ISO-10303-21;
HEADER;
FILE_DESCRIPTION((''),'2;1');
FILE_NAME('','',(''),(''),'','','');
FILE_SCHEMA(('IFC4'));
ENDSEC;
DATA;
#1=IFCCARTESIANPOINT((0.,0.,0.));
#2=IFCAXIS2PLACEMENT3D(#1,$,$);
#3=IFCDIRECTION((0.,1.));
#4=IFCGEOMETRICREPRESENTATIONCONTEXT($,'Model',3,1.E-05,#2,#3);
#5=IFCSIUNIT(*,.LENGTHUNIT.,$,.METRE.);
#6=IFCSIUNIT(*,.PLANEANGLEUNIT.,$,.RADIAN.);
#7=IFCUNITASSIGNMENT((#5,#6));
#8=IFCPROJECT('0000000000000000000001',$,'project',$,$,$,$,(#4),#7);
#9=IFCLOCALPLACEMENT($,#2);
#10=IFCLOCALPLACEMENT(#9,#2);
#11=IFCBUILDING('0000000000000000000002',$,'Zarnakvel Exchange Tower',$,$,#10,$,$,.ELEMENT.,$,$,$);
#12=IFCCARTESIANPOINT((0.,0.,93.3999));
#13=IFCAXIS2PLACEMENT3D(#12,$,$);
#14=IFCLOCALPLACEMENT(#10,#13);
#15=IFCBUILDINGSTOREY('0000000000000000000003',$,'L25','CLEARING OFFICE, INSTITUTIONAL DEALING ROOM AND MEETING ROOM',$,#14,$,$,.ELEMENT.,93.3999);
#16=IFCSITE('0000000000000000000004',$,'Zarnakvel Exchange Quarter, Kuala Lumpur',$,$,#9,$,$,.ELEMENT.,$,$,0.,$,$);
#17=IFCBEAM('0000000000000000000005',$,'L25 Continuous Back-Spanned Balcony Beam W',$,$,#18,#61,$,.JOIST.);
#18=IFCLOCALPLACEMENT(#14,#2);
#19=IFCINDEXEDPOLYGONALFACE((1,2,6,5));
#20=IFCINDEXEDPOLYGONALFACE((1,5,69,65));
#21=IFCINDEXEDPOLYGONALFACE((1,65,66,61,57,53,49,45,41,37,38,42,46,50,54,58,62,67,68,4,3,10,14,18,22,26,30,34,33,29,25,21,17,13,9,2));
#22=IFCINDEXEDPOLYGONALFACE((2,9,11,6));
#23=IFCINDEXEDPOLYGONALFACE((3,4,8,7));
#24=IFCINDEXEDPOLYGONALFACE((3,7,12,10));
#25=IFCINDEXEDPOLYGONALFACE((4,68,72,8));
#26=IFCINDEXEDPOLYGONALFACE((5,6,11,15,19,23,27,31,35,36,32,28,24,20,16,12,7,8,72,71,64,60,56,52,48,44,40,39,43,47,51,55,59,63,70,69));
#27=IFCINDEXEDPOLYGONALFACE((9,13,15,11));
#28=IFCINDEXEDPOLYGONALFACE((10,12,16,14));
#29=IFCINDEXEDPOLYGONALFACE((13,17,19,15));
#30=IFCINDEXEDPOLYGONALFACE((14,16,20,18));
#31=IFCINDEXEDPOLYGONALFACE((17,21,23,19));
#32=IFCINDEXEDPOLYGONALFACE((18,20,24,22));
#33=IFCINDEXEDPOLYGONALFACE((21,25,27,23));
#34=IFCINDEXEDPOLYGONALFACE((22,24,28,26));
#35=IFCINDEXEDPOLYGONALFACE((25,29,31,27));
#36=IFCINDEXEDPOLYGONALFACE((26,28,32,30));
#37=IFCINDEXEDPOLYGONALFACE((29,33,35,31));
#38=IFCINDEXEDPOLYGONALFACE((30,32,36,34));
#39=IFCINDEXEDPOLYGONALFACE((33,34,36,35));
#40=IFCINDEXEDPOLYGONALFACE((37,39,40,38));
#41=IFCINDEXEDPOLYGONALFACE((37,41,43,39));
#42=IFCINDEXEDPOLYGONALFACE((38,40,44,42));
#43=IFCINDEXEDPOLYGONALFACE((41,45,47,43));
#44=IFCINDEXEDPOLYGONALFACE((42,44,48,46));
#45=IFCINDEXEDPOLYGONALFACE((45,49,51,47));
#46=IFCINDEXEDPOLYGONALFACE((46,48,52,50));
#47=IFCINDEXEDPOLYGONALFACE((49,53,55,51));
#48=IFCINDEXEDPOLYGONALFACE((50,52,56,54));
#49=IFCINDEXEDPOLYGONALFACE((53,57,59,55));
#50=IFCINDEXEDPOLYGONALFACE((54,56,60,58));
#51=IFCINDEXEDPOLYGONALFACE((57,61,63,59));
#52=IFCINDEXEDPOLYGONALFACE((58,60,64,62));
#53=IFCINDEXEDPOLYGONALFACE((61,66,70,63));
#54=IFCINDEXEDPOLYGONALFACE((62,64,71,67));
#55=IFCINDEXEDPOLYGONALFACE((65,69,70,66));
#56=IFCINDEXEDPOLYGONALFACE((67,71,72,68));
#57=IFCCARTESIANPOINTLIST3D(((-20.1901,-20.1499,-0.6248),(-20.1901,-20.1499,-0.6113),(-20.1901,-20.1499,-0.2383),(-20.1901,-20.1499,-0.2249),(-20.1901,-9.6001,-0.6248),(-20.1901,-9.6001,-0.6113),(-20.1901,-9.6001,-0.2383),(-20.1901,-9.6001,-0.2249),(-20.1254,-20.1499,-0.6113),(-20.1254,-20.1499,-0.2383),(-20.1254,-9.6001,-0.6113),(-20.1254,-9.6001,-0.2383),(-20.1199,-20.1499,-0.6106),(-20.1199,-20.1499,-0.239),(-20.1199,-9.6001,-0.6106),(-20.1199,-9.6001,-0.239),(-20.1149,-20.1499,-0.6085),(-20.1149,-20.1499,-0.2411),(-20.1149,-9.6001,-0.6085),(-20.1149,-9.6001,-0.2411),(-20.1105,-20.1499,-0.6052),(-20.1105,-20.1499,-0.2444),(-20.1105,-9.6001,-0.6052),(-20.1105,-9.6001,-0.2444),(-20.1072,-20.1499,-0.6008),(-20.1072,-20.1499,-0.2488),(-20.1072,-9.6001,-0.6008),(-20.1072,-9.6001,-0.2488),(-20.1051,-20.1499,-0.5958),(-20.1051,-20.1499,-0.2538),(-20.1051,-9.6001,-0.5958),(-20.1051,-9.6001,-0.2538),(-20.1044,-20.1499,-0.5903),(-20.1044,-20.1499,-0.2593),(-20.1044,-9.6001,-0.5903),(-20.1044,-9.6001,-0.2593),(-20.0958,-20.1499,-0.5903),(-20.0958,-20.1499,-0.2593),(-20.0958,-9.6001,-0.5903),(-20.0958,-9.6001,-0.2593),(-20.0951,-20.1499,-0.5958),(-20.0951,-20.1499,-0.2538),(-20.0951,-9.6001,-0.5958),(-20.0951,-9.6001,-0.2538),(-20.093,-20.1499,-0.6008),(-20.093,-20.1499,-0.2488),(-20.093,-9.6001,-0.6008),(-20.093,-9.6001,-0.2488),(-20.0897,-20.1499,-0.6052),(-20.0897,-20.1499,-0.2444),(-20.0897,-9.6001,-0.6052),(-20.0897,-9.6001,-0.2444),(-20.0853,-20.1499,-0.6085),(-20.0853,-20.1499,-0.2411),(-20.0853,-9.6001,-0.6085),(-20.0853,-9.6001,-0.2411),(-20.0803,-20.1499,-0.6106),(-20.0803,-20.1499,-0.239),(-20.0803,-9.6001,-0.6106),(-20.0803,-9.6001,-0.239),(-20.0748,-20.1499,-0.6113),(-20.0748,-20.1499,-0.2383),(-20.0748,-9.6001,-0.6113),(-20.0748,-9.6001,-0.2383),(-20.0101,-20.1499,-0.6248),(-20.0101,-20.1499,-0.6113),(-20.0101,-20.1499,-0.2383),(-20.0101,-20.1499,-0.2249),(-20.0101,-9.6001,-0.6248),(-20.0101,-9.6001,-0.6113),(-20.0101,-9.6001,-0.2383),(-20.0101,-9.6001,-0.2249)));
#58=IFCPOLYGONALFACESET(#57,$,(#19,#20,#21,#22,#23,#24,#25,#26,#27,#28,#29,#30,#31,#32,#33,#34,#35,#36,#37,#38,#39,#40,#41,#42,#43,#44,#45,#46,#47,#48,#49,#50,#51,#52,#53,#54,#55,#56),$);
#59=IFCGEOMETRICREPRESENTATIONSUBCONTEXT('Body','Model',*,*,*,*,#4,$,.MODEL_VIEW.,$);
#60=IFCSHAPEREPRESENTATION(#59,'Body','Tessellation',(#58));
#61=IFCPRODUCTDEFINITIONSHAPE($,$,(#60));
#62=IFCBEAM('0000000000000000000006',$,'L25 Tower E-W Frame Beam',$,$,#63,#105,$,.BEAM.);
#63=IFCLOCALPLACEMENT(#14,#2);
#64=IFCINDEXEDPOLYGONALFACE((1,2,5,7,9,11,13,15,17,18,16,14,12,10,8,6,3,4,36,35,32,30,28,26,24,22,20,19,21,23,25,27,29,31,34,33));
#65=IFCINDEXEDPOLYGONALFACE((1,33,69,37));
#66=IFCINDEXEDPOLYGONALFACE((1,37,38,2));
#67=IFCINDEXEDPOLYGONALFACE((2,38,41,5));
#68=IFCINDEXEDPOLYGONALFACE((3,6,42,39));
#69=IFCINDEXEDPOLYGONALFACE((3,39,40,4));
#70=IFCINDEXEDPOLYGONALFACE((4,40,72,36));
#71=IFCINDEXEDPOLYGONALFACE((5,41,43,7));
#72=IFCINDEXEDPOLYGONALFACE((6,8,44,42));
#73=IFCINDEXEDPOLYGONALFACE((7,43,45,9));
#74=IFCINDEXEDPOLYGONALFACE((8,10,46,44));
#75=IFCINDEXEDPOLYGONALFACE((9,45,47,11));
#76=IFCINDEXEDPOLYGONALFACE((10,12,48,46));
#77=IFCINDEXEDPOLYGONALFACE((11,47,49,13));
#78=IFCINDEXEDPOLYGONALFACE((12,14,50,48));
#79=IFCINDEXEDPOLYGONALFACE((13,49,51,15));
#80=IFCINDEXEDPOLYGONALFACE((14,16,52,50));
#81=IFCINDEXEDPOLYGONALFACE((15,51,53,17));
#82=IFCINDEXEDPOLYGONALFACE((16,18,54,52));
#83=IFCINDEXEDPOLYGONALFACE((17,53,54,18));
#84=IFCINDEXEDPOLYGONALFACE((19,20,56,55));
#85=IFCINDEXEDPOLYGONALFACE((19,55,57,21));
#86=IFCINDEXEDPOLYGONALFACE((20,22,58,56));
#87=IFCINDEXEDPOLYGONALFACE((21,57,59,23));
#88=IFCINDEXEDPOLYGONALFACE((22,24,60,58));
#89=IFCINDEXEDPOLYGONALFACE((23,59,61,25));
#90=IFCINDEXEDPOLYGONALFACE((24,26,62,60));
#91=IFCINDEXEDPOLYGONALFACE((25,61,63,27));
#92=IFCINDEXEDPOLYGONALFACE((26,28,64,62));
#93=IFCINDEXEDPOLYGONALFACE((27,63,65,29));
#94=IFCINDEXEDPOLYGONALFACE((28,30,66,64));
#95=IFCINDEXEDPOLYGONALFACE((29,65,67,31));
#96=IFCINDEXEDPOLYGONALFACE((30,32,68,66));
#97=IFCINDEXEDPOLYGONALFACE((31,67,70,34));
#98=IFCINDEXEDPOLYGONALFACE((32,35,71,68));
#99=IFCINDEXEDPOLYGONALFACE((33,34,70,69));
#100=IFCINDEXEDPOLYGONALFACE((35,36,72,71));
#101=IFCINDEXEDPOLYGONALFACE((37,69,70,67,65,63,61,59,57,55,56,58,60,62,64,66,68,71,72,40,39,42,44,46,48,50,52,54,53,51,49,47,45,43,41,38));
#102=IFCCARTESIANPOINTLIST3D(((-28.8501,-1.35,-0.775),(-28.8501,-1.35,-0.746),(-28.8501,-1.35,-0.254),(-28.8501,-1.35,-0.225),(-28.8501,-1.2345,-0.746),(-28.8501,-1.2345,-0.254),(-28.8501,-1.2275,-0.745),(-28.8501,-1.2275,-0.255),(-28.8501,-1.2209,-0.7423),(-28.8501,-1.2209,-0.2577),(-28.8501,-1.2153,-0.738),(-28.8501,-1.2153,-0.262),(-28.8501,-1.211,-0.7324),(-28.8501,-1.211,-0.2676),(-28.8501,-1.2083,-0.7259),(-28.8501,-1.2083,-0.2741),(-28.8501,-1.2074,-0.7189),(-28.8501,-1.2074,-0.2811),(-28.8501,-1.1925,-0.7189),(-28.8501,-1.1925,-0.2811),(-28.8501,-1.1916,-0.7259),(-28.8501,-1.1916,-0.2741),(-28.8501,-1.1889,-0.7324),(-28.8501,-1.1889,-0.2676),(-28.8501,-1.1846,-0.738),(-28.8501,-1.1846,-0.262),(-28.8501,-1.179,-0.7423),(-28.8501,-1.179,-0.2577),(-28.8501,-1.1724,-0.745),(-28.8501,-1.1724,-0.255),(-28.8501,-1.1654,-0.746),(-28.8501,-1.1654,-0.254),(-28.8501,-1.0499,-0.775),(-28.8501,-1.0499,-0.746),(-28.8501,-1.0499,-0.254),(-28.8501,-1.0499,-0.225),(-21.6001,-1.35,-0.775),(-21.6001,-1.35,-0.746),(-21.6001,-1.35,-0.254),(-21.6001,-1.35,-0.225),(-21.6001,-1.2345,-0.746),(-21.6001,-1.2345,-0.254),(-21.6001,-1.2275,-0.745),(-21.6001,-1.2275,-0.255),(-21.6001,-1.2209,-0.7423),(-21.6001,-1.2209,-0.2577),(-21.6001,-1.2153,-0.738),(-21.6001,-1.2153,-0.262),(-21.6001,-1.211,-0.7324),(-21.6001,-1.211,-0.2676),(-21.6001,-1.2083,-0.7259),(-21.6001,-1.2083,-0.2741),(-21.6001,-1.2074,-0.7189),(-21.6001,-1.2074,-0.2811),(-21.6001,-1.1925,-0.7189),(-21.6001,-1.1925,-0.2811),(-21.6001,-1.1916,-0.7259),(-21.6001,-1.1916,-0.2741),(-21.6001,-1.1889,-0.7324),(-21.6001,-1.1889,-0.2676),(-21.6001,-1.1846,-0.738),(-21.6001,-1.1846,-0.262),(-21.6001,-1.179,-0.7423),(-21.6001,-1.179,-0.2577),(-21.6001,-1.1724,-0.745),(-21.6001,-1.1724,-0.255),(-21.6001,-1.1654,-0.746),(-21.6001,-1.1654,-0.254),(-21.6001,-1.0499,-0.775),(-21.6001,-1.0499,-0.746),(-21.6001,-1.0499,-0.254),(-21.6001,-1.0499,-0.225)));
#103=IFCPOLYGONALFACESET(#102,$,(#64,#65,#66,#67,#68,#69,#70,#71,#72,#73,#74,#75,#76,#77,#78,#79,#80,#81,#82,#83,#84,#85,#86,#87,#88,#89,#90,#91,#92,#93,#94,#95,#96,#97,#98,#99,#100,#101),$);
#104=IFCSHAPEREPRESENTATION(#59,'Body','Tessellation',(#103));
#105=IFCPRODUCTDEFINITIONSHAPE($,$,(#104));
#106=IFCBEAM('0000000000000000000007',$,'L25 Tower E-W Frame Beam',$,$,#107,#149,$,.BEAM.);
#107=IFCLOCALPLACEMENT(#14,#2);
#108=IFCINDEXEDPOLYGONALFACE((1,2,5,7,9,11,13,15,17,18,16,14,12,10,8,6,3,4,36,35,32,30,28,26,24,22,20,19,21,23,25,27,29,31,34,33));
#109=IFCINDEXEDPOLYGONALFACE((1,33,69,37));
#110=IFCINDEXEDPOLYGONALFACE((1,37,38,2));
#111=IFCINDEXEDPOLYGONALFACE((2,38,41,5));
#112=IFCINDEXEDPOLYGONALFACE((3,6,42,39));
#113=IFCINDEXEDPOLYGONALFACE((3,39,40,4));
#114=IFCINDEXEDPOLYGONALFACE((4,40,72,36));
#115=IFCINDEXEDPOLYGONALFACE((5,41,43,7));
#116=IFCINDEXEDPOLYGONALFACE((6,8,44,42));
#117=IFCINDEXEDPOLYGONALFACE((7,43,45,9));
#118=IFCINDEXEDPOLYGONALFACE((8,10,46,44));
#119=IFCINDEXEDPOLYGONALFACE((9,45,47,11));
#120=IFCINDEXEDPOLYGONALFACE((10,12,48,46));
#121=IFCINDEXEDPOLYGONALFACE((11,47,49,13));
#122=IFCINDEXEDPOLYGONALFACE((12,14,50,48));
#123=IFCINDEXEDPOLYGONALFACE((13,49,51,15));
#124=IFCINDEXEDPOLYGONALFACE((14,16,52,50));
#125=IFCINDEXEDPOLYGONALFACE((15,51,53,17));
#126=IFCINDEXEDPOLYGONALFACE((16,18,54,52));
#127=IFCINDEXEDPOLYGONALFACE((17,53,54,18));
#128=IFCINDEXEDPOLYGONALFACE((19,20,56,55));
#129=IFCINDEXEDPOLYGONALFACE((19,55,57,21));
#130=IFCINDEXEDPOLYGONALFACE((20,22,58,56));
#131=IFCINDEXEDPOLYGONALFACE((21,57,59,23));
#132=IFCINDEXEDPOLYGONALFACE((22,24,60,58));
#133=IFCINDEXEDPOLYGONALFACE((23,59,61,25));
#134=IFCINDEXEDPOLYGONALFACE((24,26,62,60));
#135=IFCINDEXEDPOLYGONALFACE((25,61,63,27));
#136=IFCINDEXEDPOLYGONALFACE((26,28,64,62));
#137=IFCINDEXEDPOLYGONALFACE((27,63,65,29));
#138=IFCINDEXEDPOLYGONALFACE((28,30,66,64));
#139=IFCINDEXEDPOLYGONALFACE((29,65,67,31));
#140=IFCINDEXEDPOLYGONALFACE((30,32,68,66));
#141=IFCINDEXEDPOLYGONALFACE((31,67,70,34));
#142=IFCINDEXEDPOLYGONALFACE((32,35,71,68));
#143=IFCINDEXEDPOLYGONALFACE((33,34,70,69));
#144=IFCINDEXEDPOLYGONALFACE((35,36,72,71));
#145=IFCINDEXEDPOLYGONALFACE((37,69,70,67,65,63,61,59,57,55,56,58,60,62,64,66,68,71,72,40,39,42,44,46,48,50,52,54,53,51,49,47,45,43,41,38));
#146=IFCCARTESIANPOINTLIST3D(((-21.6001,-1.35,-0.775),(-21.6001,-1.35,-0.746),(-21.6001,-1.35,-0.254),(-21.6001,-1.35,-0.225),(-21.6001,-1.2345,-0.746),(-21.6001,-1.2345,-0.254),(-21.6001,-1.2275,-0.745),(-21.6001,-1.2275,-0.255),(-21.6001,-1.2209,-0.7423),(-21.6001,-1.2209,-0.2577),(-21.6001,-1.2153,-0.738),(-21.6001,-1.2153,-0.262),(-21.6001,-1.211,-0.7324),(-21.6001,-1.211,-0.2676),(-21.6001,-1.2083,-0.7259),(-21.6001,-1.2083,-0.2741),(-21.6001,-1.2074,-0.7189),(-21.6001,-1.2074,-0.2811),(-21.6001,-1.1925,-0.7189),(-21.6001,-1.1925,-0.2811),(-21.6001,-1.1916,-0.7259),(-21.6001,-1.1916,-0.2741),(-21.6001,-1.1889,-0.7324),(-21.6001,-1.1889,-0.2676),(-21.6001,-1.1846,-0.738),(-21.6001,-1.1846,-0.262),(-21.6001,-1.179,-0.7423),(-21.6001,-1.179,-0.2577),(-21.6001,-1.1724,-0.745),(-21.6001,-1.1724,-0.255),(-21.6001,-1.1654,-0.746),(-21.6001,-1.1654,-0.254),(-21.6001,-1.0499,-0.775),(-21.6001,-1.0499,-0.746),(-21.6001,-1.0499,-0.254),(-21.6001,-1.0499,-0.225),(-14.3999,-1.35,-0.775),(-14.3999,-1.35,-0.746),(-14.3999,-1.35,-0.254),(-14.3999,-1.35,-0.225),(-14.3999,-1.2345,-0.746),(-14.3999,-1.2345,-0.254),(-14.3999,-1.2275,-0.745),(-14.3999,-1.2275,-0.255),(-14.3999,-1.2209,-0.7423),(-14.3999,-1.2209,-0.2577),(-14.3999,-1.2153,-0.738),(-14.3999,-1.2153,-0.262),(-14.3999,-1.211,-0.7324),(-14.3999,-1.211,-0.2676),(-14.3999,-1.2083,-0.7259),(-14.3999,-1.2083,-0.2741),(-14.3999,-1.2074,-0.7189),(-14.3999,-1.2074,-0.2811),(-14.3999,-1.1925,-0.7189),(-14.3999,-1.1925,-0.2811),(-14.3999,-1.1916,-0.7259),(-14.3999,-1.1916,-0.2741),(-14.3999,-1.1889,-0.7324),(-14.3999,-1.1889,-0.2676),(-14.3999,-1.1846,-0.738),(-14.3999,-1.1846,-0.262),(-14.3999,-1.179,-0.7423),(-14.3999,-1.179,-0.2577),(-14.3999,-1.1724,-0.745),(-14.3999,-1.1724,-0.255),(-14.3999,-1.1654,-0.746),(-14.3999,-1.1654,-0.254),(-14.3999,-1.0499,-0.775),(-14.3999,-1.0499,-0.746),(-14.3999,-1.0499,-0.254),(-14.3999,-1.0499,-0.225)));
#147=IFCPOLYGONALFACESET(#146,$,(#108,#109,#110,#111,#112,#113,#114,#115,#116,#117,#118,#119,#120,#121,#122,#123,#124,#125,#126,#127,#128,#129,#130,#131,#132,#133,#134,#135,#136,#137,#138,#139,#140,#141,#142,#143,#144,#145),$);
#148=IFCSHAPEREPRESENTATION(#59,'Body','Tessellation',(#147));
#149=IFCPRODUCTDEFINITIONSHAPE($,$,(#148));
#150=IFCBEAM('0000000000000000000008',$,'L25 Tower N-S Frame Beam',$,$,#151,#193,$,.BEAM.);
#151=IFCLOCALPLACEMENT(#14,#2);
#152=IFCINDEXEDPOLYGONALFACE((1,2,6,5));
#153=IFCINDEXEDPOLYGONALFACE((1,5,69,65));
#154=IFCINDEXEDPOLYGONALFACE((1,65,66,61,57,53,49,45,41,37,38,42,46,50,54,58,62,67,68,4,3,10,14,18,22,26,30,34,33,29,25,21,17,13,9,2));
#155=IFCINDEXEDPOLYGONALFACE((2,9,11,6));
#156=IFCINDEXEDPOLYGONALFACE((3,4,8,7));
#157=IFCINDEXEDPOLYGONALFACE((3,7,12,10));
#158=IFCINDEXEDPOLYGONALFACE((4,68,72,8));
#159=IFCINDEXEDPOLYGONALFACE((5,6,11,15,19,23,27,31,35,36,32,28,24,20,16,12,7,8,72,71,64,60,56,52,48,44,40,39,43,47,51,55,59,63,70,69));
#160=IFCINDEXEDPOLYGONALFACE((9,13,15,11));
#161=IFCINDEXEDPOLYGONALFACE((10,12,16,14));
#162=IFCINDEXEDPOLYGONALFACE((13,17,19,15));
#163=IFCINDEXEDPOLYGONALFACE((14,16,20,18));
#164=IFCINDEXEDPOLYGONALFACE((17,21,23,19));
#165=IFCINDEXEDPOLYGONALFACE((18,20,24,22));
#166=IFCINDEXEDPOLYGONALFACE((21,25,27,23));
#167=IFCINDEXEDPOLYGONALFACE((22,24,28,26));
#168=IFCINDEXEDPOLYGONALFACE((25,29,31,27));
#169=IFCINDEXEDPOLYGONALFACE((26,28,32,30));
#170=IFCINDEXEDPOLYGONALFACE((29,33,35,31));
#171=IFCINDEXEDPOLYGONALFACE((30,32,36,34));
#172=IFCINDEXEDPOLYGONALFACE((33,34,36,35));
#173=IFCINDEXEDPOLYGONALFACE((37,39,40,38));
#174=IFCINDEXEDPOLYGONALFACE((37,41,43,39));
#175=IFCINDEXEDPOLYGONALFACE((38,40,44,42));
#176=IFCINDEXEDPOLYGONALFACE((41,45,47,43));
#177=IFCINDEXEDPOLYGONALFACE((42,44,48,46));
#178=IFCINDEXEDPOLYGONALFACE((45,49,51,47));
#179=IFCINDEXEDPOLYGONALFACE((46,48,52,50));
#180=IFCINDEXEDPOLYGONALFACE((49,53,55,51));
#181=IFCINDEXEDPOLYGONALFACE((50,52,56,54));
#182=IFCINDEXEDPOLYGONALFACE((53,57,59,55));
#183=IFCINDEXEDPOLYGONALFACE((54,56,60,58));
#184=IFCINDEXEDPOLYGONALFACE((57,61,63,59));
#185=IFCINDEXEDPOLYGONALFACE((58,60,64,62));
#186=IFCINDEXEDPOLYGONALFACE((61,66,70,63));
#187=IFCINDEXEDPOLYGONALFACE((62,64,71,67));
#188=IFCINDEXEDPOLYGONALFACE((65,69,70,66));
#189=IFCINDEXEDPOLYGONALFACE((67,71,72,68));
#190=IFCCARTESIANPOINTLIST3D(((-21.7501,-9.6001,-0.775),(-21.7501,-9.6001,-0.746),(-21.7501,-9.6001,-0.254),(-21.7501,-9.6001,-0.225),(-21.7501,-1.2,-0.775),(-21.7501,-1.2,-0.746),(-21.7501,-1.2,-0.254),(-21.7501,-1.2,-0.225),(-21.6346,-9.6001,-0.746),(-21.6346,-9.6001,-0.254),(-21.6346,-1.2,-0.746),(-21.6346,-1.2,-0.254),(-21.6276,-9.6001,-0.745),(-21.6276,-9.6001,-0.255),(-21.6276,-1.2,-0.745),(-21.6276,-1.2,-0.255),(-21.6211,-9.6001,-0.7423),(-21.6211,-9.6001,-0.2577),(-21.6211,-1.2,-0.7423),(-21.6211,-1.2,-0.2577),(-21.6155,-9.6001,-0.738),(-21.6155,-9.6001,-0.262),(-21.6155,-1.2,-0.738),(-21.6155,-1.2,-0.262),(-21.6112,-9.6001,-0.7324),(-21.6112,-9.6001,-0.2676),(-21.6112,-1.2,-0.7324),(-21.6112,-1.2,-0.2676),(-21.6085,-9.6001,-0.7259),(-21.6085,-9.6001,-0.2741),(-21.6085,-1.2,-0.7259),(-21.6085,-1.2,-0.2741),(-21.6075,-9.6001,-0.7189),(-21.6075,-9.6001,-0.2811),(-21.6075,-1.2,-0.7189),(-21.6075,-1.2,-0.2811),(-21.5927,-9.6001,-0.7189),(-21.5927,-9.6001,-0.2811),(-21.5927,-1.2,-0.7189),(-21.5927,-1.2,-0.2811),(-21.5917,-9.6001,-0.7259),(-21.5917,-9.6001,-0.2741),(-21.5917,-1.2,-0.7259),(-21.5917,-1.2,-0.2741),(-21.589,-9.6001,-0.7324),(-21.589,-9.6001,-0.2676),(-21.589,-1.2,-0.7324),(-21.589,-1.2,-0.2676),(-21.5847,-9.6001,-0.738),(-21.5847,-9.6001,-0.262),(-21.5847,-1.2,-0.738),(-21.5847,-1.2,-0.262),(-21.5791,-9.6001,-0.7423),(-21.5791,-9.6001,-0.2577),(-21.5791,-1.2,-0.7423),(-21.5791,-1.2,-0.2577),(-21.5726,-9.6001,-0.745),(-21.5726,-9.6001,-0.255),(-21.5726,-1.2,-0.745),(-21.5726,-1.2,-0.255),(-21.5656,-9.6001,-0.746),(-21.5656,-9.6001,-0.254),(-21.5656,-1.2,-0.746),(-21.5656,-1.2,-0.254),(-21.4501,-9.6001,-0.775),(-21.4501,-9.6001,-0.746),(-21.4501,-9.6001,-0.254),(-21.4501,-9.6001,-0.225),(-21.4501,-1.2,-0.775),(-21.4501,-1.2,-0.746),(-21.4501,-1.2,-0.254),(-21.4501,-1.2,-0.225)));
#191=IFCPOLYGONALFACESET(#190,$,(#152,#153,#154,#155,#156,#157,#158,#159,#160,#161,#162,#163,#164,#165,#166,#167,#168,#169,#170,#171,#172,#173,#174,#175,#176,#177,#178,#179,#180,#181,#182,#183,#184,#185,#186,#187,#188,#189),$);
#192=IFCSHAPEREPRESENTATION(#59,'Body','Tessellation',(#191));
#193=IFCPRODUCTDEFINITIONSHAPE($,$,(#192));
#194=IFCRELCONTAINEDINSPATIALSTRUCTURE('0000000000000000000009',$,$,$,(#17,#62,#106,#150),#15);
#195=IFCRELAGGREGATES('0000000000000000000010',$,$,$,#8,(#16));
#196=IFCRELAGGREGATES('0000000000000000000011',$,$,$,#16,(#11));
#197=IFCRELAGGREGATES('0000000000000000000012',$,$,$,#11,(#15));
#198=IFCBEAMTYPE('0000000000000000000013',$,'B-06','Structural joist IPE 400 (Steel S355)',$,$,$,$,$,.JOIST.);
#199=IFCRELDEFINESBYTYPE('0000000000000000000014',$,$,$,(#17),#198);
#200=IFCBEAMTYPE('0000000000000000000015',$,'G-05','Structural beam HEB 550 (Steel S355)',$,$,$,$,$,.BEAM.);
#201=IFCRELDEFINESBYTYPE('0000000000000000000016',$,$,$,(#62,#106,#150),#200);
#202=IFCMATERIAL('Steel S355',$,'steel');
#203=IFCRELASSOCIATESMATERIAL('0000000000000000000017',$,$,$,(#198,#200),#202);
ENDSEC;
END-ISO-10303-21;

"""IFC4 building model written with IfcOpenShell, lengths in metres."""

from ifc_helpers import new_model, si_unit, direction, frame, origin, origin_2d, place, context, subcontext, project, spatial, i_section, extrude, material, material_profile, profile_set, type_object, element, save


model = new_model("IFC4")

# Units and contexts
model_context = context("Model", 3, precision=1e-05, world=origin(), true_north=direction((0.0, 1.0)))
body_context = subcontext(model_context, "Body", "Model", "MODEL_VIEW")
ifc_project = project(units=[si_unit("LENGTHUNIT", "METRE"), si_unit("PLANEANGLEUNIT", "RADIAN")], contexts=[model_context])

# Site, building, storey
site_placement = place(None, origin())
site = spatial("IfcSite", under=ifc_project, at=site_placement, Name="Zarnakvel Exchange Quarter, Kuala Lumpur", CompositionType="ELEMENT", RefElevation=0.0)
building_placement = place(site_placement, origin())
building = spatial("IfcBuilding", under=site, at=building_placement, Name="Zarnakvel Exchange Tower", CompositionType="ELEMENT")
storey_placement = place(building_placement, frame((0.0, 0.0, 93.3999)))
storey = spatial("IfcBuildingStorey", under=building, at=storey_placement, Name="L25", Description="CLEARING OFFICE, INSTITUTIONAL DEALING ROOM AND MEETING ROOM", CompositionType="ELEMENT", Elevation=93.3999)

# Shared definitions
ifc_material_1 = material(Name="Steel S355", Category="steel")

# Beams
ifc_material_profile_1 = material_profile(ifc_material_1, i_section(OverallWidth=0.1799, OverallDepth=0.3999, WebThickness=0.0085, FlangeThickness=0.0134, FilletRadius=0.021, at=origin_2d()))
ifc_profile_set_1 = profile_set([ifc_material_profile_1], Name="Steel S355")
beam_type_1 = type_object("IfcBeamType", Name="B-06", Description="Structural joist IPE 400 (Steel S355)", PredefinedType="JOIST", material=ifc_profile_set_1)
beam_1_placement = place(storey_placement, frame((-20.1001, -9.6001, -0.4248), z_axis=(0.0, -1.0, 0.0), x_axis=(1.0, 0.0, 0.0)))
element("IfcBeam", 1, at=beam_1_placement, inside=storey, type_object=beam_type_1, Name="L25 Continuous Back-Spanned Balcony Beam W", PredefinedType="JOIST", context=body_context, shape_type="SweptSolid", body=[
    extrude(i_section(OverallWidth=0.1799, OverallDepth=0.3999, WebThickness=0.0085, FlangeThickness=0.0134, FilletRadius=0.021, at=origin_2d()), origin(), (0.0, 0.0, 1.0), 10.5498),
])
ifc_material_profile_2 = material_profile(ifc_material_1, i_section(OverallWidth=0.3, OverallDepth=0.55, WebThickness=0.0149, FlangeThickness=0.0291, FilletRadius=0.0271, at=origin_2d()))
ifc_profile_set_2 = profile_set([ifc_material_profile_2], Name="Steel S355")
beam_type_2 = type_object("IfcBeamType", Name="G-05", Description="Structural beam HEB 550 (Steel S355)", PredefinedType="BEAM", material=ifc_profile_set_2)
beam_2_placement = place(storey_placement, frame((-28.8501, -1.2, -0.5), z_axis=(1.0, 0.0, 0.0), x_axis=(0.0, 1.0, 0.0)))
element("IfcBeam", 2, at=beam_2_placement, inside=storey, type_object=beam_type_2, Name="L25 Tower E-W Frame Beam", PredefinedType="BEAM", context=body_context, shape_type="SweptSolid", body=[
    extrude(i_section(OverallWidth=0.3, OverallDepth=0.55, WebThickness=0.0149, FlangeThickness=0.0291, FilletRadius=0.0271, at=origin_2d()), origin(), (0.0, 0.0, 1.0), 7.25),
])
beam_3_placement = place(storey_placement, frame((-21.6001, -1.2, -0.5), z_axis=(1.0, 0.0, 0.0), x_axis=(0.0, 1.0, 0.0)))
element("IfcBeam", 3, at=beam_3_placement, inside=storey, type_object=beam_type_2, Name="L25 Tower E-W Frame Beam", PredefinedType="BEAM", context=body_context, shape_type="SweptSolid", body=[
    extrude(i_section(OverallWidth=0.3, OverallDepth=0.55, WebThickness=0.0149, FlangeThickness=0.0291, FilletRadius=0.0271, at=origin_2d()), origin(), (0.0, 0.0, 1.0), 7.2002),
])
beam_4_placement = place(storey_placement, frame((-21.6001, -9.6001, -0.5), z_axis=(0.0, 1.0, 0.0), x_axis=(-1.0, 0.0, 0.0)))
element("IfcBeam", 4, at=beam_4_placement, inside=storey, type_object=beam_type_2, Name="L25 Tower N-S Frame Beam", PredefinedType="BEAM", context=body_context, shape_type="SweptSolid", body=[
    extrude(i_section(OverallWidth=0.3, OverallDepth=0.55, WebThickness=0.0149, FlangeThickness=0.0291, FilletRadius=0.0271, at=origin_2d()), origin(), (0.0, 0.0, 1.0), 8.4001),
])

save(model, "model.ifc")
